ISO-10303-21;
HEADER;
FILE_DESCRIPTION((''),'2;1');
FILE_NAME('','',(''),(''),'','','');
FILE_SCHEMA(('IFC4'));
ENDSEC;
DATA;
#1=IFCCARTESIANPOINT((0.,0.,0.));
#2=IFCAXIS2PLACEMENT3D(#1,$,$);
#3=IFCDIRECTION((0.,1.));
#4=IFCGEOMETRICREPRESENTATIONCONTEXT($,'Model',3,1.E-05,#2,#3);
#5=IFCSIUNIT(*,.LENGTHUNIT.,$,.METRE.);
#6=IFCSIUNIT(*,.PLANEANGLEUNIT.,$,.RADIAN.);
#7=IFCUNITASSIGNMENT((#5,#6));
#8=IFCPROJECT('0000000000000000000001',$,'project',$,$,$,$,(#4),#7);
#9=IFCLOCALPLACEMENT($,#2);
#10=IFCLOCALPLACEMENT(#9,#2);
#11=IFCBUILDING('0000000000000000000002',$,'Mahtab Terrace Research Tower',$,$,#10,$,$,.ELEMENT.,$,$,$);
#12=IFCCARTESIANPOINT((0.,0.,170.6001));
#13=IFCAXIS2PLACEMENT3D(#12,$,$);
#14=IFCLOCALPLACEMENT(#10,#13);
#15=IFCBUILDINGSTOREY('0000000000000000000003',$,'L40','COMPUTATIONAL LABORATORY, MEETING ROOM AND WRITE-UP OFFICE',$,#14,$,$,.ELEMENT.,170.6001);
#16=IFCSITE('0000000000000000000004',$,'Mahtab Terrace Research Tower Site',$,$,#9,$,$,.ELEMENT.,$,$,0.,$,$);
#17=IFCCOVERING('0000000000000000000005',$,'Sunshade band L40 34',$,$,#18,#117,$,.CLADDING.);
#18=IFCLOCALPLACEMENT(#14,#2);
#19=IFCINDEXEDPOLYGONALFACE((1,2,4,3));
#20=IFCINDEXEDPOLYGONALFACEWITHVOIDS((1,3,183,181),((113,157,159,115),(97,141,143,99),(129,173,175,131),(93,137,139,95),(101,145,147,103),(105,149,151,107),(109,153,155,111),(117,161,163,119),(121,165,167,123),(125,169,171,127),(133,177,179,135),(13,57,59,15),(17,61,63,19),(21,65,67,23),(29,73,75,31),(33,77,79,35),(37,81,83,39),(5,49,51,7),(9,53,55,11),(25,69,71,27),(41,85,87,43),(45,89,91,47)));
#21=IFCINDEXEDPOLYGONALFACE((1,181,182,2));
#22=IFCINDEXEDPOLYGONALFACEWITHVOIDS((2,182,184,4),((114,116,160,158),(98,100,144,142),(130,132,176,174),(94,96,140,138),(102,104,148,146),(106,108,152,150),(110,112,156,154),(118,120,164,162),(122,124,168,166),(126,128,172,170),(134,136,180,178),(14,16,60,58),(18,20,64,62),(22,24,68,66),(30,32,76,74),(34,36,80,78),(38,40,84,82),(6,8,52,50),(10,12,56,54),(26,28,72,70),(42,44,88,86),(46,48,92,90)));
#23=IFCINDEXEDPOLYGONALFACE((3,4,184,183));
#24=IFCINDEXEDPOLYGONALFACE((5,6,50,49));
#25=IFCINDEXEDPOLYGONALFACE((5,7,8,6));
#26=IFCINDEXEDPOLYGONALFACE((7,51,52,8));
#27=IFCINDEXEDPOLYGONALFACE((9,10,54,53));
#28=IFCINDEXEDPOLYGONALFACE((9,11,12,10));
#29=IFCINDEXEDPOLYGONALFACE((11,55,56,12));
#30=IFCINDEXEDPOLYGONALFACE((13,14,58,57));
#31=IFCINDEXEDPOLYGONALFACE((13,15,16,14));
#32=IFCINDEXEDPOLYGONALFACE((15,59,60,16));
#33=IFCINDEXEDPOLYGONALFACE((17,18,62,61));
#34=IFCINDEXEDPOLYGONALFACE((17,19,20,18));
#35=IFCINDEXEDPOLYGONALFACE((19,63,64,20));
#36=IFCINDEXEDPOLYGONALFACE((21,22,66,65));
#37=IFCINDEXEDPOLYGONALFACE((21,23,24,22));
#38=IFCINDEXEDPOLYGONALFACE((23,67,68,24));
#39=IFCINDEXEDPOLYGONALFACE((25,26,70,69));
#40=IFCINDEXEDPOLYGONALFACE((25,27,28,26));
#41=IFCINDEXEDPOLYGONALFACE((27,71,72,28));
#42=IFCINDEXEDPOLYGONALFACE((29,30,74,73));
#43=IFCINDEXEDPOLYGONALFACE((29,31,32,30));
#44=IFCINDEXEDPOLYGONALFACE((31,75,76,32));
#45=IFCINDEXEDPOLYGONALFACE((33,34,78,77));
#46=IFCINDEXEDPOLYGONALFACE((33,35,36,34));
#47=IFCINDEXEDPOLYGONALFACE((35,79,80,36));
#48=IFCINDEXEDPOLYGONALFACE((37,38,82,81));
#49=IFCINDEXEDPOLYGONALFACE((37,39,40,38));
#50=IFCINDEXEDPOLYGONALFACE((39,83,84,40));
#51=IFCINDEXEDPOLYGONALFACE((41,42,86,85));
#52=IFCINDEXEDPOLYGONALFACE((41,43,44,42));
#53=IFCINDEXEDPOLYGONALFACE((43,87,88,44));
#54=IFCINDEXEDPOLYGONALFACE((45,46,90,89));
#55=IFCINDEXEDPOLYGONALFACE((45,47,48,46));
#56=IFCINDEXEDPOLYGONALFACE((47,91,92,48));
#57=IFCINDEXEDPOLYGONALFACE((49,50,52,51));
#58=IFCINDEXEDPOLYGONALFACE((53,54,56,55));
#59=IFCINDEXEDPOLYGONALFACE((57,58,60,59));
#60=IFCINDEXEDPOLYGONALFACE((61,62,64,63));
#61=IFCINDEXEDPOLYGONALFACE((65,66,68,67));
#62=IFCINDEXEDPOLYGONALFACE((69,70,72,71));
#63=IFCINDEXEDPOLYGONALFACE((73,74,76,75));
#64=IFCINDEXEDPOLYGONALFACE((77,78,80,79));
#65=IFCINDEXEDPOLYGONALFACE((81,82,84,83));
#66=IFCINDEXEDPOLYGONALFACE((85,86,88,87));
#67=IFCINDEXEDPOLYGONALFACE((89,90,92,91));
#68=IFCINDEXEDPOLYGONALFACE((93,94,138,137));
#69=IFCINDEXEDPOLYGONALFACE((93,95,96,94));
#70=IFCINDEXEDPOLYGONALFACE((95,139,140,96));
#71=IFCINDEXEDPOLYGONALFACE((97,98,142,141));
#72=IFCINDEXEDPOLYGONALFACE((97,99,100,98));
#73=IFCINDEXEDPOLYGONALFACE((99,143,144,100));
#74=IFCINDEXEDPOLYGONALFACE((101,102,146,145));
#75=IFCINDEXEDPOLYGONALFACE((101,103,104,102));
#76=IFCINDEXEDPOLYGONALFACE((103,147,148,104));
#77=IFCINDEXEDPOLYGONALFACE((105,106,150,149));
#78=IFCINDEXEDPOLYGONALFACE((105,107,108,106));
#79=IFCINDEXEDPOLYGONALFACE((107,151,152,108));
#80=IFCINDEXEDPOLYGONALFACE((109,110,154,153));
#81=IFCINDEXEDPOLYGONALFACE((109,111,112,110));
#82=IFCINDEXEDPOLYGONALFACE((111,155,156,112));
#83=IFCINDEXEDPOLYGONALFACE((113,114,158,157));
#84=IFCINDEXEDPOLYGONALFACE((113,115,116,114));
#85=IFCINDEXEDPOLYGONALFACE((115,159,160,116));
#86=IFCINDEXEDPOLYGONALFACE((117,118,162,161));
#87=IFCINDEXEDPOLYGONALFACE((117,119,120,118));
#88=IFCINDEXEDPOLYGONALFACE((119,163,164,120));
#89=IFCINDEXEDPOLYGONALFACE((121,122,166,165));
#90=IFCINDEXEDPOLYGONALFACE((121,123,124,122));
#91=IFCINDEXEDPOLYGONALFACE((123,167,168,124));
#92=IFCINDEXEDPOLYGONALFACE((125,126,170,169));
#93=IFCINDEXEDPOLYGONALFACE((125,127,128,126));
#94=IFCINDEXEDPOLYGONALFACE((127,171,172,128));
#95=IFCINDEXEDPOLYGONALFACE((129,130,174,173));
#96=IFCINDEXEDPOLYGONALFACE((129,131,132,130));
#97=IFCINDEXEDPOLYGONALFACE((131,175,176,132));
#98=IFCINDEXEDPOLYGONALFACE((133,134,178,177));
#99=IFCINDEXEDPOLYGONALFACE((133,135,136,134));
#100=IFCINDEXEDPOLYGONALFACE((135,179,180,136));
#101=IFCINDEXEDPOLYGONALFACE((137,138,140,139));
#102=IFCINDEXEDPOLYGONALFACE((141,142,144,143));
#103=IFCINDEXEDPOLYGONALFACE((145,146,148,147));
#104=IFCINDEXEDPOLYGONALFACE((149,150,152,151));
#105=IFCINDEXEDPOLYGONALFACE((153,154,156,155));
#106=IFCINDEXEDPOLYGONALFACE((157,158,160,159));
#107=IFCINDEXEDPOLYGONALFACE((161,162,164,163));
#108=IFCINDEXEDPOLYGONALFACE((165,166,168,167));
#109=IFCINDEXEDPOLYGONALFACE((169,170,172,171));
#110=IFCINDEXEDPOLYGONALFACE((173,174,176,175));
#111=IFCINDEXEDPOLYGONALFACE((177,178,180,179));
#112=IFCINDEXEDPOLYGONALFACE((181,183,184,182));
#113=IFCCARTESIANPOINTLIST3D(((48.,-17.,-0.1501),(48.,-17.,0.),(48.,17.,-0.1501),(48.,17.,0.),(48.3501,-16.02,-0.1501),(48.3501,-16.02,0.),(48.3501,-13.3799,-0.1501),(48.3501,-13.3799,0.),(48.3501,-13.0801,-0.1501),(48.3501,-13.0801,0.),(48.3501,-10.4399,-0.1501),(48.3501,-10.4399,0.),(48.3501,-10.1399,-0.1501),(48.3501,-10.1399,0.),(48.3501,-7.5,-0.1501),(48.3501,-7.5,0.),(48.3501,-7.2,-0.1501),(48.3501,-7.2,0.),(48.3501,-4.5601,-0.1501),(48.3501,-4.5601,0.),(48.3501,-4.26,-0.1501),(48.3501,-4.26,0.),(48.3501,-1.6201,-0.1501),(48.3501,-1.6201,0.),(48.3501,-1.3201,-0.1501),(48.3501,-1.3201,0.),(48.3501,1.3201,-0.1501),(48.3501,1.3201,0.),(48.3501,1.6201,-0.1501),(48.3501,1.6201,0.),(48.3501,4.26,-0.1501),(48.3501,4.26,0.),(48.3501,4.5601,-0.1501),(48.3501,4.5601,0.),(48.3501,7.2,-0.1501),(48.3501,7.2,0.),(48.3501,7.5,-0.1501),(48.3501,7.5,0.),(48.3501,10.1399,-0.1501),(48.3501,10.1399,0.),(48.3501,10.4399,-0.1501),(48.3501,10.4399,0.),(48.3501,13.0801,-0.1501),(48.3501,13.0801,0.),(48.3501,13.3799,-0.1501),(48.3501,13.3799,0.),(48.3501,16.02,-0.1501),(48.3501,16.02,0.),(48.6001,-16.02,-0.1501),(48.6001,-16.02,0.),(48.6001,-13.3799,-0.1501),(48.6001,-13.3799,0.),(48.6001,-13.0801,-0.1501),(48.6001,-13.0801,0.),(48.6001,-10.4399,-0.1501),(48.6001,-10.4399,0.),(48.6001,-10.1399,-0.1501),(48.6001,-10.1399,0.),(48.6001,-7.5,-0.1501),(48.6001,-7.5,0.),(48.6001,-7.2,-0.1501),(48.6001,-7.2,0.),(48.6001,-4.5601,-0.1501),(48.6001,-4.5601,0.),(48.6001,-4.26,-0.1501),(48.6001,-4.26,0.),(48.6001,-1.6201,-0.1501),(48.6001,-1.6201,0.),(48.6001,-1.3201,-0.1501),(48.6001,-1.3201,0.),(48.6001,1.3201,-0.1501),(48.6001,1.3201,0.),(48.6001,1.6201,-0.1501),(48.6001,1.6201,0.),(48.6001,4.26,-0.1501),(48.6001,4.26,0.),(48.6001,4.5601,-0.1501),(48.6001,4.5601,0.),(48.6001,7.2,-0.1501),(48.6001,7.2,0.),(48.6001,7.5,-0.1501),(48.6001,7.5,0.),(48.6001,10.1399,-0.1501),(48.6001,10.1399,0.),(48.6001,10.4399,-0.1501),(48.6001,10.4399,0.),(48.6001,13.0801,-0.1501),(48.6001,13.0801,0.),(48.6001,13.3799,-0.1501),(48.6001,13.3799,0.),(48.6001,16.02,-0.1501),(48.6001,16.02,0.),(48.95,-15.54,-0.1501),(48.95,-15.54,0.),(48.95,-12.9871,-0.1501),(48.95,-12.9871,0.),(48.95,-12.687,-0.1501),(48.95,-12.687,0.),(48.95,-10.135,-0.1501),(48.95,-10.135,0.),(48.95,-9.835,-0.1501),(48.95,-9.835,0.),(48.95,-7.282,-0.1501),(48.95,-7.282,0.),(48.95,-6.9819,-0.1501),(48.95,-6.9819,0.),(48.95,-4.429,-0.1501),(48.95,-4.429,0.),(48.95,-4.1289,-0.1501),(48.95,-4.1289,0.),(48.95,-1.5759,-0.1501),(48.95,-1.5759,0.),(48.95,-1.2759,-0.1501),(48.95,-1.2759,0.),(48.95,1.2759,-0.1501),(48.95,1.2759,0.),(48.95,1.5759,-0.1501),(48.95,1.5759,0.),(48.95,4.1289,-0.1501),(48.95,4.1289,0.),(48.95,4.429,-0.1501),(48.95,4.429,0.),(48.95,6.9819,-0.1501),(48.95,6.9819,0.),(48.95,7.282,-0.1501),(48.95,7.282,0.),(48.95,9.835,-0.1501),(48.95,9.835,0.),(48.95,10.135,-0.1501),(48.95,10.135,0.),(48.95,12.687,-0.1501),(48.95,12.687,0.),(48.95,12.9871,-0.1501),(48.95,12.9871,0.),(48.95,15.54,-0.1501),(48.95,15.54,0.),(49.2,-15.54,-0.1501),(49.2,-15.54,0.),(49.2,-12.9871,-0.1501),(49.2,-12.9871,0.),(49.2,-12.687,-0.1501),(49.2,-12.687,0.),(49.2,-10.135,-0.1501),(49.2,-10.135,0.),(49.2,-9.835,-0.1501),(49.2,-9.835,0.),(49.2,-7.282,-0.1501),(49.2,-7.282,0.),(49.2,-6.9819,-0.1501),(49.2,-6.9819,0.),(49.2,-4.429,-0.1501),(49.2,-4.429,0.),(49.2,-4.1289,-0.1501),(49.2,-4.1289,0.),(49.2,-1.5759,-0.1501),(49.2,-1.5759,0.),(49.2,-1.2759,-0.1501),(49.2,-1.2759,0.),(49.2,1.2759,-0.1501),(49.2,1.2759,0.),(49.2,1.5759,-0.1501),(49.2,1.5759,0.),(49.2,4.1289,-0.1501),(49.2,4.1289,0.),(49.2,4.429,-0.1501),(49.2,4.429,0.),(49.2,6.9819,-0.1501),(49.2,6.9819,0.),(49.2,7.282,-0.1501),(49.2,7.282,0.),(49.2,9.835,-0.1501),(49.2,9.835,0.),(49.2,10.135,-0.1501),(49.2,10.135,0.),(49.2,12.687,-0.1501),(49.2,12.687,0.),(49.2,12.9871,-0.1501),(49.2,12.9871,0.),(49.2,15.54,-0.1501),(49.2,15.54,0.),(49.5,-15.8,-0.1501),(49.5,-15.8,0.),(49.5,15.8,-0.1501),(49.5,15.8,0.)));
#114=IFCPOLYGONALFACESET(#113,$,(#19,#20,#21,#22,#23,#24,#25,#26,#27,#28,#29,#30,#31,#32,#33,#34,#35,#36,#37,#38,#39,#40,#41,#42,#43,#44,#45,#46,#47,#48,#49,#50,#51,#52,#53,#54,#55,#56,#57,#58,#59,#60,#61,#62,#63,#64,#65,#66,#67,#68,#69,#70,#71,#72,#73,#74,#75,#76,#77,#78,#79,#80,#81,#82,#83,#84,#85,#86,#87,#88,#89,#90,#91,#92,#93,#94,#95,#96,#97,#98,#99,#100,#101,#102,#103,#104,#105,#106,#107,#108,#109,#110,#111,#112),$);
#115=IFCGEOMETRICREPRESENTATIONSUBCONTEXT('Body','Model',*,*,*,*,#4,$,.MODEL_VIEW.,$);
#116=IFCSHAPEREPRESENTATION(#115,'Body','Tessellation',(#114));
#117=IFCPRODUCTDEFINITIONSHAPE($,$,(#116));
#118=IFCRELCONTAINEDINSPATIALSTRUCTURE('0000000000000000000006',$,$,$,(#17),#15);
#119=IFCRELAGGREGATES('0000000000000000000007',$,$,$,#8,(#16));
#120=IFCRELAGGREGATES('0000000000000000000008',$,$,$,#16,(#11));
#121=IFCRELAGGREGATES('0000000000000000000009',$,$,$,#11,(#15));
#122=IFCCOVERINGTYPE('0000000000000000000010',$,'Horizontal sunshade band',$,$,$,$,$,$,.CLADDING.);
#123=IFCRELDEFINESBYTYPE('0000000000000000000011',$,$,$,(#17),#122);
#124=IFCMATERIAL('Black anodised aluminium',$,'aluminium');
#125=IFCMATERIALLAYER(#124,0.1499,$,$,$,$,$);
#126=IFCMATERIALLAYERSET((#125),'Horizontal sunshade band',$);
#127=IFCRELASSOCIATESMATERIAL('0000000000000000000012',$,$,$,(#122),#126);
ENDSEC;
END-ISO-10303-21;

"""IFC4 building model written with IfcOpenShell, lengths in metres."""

from ifc_helpers import new_model, si_unit, direction, frame, origin, place, context, subcontext, project, spatial, polyline, outline, extrude, material, layer, layer_set, type_object, element, save


model = new_model("IFC4")

# Units and contexts
model_context = context("Model", 3, precision=1e-05, world=origin(), true_north=direction((0.0, 1.0)))
body_context = subcontext(model_context, "Body", "Model", "MODEL_VIEW")
ifc_project = project(units=[si_unit("LENGTHUNIT", "METRE"), si_unit("PLANEANGLEUNIT", "RADIAN")], contexts=[model_context])

# Site, building, storey
site_placement = place(None, origin())
site = spatial("IfcSite", under=ifc_project, at=site_placement, Name="Mahtab Terrace Research Tower Site", CompositionType="ELEMENT", RefElevation=0.0)
building_placement = place(site_placement, origin())
building = spatial("IfcBuilding", under=site, at=building_placement, Name="Mahtab Terrace Research Tower", CompositionType="ELEMENT")
storey_placement = place(building_placement, frame((0.0, 0.0, 170.6001)))
storey = spatial("IfcBuildingStorey", under=building, at=storey_placement, Name="L40", Description="COMPUTATIONAL LABORATORY, MEETING ROOM AND WRITE-UP OFFICE", CompositionType="ELEMENT", Elevation=170.6001)

# Covering
ifc_material_1 = material(Name="Black anodised aluminium", Category="aluminium")
ifc_layer_1 = layer(ifc_material_1, 0.1499)
ifc_layer_set_1 = layer_set([ifc_layer_1], Name="Horizontal sunshade band")
covering_type = type_object("IfcCoveringType", Name="Horizontal sunshade band", PredefinedType="CLADDING", material=ifc_layer_set_1)
covering_placement = place(storey_placement, frame((0.0, 0.0, -0.1501)))
element("IfcCovering", 1, at=covering_placement, inside=storey, type_object=covering_type, Name="Sunshade band L40 34", PredefinedType="CLADDING", context=body_context, shape_type="SweptSolid", body=[
    extrude(outline(polyline([(48.0, -17.0), (48.0, 17.0), (49.5, 15.8), (49.5, -15.8), (48.0, -17.0)]), holes=[polyline([(48.3501, -16.02), (48.3501, -13.3799), (48.6001, -13.3799), (48.6001, -16.02), (48.3501, -16.02)]), polyline([(48.3501, -13.0801), (48.3501, -10.4399), (48.6001, -10.4399), (48.6001, -13.0801), (48.3501, -13.0801)]), polyline([(48.3501, -10.1399), (48.3501, -7.5), (48.6001, -7.5), (48.6001, -10.1399), (48.3501, -10.1399)]), polyline([(48.3501, -7.2), (48.3501, -4.5601), (48.6001, -4.5601), (48.6001, -7.2), (48.3501, -7.2)]), polyline([(48.3501, -4.26), (48.3501, -1.6201), (48.6001, -1.6201), (48.6001, -4.26), (48.3501, -4.26)]), polyline([(48.3501, -1.3201), (48.3501, 1.3201), (48.6001, 1.3201), (48.6001, -1.3201), (48.3501, -1.3201)]), polyline([(48.3501, 1.6201), (48.3501, 4.26), (48.6001, 4.26), (48.6001, 1.6201), (48.3501, 1.6201)]), polyline([(48.3501, 4.5601), (48.3501, 7.2), (48.6001, 7.2), (48.6001, 4.5601), (48.3501, 4.5601)]), polyline([(48.3501, 7.5), (48.3501, 10.1399), (48.6001, 10.1399), (48.6001, 7.5), (48.3501, 7.5)]), polyline([(48.3501, 10.4399), (48.3501, 13.0801), (48.6001, 13.0801), (48.6001, 10.4399), (48.3501, 10.4399)]), polyline([(48.3501, 13.3799), (48.3501, 16.02), (48.6001, 16.02), (48.6001, 13.3799), (48.3501, 13.3799)]), polyline([(48.95, -15.54), (48.95, -12.9871), (49.2, -12.9871), (49.2, -15.54), (48.95, -15.54)]), polyline([(48.95, -12.687), (48.95, -10.135), (49.2, -10.135), (49.2, -12.687), (48.95, -12.687)]), polyline([(48.95, -9.835), (48.95, -7.282), (49.2, -7.282), (49.2, -9.835), (48.95, -9.835)]), polyline([(48.95, -6.9819), (48.95, -4.429), (49.2, -4.429), (49.2, -6.9819), (48.95, -6.9819)]), polyline([(48.95, -4.1289), (48.95, -1.5759), (49.2, -1.5759), (49.2, -4.1289), (48.95, -4.1289)]), polyline([(48.95, -1.2759), (48.95, 1.2759), (49.2, 1.2759), (49.2, -1.2759), (48.95, -1.2759)]), polyline([(48.95, 1.5759), (48.95, 4.1289), (49.2, 4.1289), (49.2, 1.5759), (48.95, 1.5759)]), polyline([(48.95, 4.429), (48.95, 6.9819), (49.2, 6.9819), (49.2, 4.429), (48.95, 4.429)]), polyline([(48.95, 7.282), (48.95, 9.835), (49.2, 9.835), (49.2, 7.282), (48.95, 7.282)]), polyline([(48.95, 10.135), (48.95, 12.687), (49.2, 12.687), (49.2, 10.135), (48.95, 10.135)]), polyline([(48.95, 12.9871), (48.95, 15.54), (49.2, 15.54), (49.2, 12.9871), (48.95, 12.9871)])]), origin(), (0.0, 0.0, 1.0), 0.1501),
])

save(model, "model.ifc")
